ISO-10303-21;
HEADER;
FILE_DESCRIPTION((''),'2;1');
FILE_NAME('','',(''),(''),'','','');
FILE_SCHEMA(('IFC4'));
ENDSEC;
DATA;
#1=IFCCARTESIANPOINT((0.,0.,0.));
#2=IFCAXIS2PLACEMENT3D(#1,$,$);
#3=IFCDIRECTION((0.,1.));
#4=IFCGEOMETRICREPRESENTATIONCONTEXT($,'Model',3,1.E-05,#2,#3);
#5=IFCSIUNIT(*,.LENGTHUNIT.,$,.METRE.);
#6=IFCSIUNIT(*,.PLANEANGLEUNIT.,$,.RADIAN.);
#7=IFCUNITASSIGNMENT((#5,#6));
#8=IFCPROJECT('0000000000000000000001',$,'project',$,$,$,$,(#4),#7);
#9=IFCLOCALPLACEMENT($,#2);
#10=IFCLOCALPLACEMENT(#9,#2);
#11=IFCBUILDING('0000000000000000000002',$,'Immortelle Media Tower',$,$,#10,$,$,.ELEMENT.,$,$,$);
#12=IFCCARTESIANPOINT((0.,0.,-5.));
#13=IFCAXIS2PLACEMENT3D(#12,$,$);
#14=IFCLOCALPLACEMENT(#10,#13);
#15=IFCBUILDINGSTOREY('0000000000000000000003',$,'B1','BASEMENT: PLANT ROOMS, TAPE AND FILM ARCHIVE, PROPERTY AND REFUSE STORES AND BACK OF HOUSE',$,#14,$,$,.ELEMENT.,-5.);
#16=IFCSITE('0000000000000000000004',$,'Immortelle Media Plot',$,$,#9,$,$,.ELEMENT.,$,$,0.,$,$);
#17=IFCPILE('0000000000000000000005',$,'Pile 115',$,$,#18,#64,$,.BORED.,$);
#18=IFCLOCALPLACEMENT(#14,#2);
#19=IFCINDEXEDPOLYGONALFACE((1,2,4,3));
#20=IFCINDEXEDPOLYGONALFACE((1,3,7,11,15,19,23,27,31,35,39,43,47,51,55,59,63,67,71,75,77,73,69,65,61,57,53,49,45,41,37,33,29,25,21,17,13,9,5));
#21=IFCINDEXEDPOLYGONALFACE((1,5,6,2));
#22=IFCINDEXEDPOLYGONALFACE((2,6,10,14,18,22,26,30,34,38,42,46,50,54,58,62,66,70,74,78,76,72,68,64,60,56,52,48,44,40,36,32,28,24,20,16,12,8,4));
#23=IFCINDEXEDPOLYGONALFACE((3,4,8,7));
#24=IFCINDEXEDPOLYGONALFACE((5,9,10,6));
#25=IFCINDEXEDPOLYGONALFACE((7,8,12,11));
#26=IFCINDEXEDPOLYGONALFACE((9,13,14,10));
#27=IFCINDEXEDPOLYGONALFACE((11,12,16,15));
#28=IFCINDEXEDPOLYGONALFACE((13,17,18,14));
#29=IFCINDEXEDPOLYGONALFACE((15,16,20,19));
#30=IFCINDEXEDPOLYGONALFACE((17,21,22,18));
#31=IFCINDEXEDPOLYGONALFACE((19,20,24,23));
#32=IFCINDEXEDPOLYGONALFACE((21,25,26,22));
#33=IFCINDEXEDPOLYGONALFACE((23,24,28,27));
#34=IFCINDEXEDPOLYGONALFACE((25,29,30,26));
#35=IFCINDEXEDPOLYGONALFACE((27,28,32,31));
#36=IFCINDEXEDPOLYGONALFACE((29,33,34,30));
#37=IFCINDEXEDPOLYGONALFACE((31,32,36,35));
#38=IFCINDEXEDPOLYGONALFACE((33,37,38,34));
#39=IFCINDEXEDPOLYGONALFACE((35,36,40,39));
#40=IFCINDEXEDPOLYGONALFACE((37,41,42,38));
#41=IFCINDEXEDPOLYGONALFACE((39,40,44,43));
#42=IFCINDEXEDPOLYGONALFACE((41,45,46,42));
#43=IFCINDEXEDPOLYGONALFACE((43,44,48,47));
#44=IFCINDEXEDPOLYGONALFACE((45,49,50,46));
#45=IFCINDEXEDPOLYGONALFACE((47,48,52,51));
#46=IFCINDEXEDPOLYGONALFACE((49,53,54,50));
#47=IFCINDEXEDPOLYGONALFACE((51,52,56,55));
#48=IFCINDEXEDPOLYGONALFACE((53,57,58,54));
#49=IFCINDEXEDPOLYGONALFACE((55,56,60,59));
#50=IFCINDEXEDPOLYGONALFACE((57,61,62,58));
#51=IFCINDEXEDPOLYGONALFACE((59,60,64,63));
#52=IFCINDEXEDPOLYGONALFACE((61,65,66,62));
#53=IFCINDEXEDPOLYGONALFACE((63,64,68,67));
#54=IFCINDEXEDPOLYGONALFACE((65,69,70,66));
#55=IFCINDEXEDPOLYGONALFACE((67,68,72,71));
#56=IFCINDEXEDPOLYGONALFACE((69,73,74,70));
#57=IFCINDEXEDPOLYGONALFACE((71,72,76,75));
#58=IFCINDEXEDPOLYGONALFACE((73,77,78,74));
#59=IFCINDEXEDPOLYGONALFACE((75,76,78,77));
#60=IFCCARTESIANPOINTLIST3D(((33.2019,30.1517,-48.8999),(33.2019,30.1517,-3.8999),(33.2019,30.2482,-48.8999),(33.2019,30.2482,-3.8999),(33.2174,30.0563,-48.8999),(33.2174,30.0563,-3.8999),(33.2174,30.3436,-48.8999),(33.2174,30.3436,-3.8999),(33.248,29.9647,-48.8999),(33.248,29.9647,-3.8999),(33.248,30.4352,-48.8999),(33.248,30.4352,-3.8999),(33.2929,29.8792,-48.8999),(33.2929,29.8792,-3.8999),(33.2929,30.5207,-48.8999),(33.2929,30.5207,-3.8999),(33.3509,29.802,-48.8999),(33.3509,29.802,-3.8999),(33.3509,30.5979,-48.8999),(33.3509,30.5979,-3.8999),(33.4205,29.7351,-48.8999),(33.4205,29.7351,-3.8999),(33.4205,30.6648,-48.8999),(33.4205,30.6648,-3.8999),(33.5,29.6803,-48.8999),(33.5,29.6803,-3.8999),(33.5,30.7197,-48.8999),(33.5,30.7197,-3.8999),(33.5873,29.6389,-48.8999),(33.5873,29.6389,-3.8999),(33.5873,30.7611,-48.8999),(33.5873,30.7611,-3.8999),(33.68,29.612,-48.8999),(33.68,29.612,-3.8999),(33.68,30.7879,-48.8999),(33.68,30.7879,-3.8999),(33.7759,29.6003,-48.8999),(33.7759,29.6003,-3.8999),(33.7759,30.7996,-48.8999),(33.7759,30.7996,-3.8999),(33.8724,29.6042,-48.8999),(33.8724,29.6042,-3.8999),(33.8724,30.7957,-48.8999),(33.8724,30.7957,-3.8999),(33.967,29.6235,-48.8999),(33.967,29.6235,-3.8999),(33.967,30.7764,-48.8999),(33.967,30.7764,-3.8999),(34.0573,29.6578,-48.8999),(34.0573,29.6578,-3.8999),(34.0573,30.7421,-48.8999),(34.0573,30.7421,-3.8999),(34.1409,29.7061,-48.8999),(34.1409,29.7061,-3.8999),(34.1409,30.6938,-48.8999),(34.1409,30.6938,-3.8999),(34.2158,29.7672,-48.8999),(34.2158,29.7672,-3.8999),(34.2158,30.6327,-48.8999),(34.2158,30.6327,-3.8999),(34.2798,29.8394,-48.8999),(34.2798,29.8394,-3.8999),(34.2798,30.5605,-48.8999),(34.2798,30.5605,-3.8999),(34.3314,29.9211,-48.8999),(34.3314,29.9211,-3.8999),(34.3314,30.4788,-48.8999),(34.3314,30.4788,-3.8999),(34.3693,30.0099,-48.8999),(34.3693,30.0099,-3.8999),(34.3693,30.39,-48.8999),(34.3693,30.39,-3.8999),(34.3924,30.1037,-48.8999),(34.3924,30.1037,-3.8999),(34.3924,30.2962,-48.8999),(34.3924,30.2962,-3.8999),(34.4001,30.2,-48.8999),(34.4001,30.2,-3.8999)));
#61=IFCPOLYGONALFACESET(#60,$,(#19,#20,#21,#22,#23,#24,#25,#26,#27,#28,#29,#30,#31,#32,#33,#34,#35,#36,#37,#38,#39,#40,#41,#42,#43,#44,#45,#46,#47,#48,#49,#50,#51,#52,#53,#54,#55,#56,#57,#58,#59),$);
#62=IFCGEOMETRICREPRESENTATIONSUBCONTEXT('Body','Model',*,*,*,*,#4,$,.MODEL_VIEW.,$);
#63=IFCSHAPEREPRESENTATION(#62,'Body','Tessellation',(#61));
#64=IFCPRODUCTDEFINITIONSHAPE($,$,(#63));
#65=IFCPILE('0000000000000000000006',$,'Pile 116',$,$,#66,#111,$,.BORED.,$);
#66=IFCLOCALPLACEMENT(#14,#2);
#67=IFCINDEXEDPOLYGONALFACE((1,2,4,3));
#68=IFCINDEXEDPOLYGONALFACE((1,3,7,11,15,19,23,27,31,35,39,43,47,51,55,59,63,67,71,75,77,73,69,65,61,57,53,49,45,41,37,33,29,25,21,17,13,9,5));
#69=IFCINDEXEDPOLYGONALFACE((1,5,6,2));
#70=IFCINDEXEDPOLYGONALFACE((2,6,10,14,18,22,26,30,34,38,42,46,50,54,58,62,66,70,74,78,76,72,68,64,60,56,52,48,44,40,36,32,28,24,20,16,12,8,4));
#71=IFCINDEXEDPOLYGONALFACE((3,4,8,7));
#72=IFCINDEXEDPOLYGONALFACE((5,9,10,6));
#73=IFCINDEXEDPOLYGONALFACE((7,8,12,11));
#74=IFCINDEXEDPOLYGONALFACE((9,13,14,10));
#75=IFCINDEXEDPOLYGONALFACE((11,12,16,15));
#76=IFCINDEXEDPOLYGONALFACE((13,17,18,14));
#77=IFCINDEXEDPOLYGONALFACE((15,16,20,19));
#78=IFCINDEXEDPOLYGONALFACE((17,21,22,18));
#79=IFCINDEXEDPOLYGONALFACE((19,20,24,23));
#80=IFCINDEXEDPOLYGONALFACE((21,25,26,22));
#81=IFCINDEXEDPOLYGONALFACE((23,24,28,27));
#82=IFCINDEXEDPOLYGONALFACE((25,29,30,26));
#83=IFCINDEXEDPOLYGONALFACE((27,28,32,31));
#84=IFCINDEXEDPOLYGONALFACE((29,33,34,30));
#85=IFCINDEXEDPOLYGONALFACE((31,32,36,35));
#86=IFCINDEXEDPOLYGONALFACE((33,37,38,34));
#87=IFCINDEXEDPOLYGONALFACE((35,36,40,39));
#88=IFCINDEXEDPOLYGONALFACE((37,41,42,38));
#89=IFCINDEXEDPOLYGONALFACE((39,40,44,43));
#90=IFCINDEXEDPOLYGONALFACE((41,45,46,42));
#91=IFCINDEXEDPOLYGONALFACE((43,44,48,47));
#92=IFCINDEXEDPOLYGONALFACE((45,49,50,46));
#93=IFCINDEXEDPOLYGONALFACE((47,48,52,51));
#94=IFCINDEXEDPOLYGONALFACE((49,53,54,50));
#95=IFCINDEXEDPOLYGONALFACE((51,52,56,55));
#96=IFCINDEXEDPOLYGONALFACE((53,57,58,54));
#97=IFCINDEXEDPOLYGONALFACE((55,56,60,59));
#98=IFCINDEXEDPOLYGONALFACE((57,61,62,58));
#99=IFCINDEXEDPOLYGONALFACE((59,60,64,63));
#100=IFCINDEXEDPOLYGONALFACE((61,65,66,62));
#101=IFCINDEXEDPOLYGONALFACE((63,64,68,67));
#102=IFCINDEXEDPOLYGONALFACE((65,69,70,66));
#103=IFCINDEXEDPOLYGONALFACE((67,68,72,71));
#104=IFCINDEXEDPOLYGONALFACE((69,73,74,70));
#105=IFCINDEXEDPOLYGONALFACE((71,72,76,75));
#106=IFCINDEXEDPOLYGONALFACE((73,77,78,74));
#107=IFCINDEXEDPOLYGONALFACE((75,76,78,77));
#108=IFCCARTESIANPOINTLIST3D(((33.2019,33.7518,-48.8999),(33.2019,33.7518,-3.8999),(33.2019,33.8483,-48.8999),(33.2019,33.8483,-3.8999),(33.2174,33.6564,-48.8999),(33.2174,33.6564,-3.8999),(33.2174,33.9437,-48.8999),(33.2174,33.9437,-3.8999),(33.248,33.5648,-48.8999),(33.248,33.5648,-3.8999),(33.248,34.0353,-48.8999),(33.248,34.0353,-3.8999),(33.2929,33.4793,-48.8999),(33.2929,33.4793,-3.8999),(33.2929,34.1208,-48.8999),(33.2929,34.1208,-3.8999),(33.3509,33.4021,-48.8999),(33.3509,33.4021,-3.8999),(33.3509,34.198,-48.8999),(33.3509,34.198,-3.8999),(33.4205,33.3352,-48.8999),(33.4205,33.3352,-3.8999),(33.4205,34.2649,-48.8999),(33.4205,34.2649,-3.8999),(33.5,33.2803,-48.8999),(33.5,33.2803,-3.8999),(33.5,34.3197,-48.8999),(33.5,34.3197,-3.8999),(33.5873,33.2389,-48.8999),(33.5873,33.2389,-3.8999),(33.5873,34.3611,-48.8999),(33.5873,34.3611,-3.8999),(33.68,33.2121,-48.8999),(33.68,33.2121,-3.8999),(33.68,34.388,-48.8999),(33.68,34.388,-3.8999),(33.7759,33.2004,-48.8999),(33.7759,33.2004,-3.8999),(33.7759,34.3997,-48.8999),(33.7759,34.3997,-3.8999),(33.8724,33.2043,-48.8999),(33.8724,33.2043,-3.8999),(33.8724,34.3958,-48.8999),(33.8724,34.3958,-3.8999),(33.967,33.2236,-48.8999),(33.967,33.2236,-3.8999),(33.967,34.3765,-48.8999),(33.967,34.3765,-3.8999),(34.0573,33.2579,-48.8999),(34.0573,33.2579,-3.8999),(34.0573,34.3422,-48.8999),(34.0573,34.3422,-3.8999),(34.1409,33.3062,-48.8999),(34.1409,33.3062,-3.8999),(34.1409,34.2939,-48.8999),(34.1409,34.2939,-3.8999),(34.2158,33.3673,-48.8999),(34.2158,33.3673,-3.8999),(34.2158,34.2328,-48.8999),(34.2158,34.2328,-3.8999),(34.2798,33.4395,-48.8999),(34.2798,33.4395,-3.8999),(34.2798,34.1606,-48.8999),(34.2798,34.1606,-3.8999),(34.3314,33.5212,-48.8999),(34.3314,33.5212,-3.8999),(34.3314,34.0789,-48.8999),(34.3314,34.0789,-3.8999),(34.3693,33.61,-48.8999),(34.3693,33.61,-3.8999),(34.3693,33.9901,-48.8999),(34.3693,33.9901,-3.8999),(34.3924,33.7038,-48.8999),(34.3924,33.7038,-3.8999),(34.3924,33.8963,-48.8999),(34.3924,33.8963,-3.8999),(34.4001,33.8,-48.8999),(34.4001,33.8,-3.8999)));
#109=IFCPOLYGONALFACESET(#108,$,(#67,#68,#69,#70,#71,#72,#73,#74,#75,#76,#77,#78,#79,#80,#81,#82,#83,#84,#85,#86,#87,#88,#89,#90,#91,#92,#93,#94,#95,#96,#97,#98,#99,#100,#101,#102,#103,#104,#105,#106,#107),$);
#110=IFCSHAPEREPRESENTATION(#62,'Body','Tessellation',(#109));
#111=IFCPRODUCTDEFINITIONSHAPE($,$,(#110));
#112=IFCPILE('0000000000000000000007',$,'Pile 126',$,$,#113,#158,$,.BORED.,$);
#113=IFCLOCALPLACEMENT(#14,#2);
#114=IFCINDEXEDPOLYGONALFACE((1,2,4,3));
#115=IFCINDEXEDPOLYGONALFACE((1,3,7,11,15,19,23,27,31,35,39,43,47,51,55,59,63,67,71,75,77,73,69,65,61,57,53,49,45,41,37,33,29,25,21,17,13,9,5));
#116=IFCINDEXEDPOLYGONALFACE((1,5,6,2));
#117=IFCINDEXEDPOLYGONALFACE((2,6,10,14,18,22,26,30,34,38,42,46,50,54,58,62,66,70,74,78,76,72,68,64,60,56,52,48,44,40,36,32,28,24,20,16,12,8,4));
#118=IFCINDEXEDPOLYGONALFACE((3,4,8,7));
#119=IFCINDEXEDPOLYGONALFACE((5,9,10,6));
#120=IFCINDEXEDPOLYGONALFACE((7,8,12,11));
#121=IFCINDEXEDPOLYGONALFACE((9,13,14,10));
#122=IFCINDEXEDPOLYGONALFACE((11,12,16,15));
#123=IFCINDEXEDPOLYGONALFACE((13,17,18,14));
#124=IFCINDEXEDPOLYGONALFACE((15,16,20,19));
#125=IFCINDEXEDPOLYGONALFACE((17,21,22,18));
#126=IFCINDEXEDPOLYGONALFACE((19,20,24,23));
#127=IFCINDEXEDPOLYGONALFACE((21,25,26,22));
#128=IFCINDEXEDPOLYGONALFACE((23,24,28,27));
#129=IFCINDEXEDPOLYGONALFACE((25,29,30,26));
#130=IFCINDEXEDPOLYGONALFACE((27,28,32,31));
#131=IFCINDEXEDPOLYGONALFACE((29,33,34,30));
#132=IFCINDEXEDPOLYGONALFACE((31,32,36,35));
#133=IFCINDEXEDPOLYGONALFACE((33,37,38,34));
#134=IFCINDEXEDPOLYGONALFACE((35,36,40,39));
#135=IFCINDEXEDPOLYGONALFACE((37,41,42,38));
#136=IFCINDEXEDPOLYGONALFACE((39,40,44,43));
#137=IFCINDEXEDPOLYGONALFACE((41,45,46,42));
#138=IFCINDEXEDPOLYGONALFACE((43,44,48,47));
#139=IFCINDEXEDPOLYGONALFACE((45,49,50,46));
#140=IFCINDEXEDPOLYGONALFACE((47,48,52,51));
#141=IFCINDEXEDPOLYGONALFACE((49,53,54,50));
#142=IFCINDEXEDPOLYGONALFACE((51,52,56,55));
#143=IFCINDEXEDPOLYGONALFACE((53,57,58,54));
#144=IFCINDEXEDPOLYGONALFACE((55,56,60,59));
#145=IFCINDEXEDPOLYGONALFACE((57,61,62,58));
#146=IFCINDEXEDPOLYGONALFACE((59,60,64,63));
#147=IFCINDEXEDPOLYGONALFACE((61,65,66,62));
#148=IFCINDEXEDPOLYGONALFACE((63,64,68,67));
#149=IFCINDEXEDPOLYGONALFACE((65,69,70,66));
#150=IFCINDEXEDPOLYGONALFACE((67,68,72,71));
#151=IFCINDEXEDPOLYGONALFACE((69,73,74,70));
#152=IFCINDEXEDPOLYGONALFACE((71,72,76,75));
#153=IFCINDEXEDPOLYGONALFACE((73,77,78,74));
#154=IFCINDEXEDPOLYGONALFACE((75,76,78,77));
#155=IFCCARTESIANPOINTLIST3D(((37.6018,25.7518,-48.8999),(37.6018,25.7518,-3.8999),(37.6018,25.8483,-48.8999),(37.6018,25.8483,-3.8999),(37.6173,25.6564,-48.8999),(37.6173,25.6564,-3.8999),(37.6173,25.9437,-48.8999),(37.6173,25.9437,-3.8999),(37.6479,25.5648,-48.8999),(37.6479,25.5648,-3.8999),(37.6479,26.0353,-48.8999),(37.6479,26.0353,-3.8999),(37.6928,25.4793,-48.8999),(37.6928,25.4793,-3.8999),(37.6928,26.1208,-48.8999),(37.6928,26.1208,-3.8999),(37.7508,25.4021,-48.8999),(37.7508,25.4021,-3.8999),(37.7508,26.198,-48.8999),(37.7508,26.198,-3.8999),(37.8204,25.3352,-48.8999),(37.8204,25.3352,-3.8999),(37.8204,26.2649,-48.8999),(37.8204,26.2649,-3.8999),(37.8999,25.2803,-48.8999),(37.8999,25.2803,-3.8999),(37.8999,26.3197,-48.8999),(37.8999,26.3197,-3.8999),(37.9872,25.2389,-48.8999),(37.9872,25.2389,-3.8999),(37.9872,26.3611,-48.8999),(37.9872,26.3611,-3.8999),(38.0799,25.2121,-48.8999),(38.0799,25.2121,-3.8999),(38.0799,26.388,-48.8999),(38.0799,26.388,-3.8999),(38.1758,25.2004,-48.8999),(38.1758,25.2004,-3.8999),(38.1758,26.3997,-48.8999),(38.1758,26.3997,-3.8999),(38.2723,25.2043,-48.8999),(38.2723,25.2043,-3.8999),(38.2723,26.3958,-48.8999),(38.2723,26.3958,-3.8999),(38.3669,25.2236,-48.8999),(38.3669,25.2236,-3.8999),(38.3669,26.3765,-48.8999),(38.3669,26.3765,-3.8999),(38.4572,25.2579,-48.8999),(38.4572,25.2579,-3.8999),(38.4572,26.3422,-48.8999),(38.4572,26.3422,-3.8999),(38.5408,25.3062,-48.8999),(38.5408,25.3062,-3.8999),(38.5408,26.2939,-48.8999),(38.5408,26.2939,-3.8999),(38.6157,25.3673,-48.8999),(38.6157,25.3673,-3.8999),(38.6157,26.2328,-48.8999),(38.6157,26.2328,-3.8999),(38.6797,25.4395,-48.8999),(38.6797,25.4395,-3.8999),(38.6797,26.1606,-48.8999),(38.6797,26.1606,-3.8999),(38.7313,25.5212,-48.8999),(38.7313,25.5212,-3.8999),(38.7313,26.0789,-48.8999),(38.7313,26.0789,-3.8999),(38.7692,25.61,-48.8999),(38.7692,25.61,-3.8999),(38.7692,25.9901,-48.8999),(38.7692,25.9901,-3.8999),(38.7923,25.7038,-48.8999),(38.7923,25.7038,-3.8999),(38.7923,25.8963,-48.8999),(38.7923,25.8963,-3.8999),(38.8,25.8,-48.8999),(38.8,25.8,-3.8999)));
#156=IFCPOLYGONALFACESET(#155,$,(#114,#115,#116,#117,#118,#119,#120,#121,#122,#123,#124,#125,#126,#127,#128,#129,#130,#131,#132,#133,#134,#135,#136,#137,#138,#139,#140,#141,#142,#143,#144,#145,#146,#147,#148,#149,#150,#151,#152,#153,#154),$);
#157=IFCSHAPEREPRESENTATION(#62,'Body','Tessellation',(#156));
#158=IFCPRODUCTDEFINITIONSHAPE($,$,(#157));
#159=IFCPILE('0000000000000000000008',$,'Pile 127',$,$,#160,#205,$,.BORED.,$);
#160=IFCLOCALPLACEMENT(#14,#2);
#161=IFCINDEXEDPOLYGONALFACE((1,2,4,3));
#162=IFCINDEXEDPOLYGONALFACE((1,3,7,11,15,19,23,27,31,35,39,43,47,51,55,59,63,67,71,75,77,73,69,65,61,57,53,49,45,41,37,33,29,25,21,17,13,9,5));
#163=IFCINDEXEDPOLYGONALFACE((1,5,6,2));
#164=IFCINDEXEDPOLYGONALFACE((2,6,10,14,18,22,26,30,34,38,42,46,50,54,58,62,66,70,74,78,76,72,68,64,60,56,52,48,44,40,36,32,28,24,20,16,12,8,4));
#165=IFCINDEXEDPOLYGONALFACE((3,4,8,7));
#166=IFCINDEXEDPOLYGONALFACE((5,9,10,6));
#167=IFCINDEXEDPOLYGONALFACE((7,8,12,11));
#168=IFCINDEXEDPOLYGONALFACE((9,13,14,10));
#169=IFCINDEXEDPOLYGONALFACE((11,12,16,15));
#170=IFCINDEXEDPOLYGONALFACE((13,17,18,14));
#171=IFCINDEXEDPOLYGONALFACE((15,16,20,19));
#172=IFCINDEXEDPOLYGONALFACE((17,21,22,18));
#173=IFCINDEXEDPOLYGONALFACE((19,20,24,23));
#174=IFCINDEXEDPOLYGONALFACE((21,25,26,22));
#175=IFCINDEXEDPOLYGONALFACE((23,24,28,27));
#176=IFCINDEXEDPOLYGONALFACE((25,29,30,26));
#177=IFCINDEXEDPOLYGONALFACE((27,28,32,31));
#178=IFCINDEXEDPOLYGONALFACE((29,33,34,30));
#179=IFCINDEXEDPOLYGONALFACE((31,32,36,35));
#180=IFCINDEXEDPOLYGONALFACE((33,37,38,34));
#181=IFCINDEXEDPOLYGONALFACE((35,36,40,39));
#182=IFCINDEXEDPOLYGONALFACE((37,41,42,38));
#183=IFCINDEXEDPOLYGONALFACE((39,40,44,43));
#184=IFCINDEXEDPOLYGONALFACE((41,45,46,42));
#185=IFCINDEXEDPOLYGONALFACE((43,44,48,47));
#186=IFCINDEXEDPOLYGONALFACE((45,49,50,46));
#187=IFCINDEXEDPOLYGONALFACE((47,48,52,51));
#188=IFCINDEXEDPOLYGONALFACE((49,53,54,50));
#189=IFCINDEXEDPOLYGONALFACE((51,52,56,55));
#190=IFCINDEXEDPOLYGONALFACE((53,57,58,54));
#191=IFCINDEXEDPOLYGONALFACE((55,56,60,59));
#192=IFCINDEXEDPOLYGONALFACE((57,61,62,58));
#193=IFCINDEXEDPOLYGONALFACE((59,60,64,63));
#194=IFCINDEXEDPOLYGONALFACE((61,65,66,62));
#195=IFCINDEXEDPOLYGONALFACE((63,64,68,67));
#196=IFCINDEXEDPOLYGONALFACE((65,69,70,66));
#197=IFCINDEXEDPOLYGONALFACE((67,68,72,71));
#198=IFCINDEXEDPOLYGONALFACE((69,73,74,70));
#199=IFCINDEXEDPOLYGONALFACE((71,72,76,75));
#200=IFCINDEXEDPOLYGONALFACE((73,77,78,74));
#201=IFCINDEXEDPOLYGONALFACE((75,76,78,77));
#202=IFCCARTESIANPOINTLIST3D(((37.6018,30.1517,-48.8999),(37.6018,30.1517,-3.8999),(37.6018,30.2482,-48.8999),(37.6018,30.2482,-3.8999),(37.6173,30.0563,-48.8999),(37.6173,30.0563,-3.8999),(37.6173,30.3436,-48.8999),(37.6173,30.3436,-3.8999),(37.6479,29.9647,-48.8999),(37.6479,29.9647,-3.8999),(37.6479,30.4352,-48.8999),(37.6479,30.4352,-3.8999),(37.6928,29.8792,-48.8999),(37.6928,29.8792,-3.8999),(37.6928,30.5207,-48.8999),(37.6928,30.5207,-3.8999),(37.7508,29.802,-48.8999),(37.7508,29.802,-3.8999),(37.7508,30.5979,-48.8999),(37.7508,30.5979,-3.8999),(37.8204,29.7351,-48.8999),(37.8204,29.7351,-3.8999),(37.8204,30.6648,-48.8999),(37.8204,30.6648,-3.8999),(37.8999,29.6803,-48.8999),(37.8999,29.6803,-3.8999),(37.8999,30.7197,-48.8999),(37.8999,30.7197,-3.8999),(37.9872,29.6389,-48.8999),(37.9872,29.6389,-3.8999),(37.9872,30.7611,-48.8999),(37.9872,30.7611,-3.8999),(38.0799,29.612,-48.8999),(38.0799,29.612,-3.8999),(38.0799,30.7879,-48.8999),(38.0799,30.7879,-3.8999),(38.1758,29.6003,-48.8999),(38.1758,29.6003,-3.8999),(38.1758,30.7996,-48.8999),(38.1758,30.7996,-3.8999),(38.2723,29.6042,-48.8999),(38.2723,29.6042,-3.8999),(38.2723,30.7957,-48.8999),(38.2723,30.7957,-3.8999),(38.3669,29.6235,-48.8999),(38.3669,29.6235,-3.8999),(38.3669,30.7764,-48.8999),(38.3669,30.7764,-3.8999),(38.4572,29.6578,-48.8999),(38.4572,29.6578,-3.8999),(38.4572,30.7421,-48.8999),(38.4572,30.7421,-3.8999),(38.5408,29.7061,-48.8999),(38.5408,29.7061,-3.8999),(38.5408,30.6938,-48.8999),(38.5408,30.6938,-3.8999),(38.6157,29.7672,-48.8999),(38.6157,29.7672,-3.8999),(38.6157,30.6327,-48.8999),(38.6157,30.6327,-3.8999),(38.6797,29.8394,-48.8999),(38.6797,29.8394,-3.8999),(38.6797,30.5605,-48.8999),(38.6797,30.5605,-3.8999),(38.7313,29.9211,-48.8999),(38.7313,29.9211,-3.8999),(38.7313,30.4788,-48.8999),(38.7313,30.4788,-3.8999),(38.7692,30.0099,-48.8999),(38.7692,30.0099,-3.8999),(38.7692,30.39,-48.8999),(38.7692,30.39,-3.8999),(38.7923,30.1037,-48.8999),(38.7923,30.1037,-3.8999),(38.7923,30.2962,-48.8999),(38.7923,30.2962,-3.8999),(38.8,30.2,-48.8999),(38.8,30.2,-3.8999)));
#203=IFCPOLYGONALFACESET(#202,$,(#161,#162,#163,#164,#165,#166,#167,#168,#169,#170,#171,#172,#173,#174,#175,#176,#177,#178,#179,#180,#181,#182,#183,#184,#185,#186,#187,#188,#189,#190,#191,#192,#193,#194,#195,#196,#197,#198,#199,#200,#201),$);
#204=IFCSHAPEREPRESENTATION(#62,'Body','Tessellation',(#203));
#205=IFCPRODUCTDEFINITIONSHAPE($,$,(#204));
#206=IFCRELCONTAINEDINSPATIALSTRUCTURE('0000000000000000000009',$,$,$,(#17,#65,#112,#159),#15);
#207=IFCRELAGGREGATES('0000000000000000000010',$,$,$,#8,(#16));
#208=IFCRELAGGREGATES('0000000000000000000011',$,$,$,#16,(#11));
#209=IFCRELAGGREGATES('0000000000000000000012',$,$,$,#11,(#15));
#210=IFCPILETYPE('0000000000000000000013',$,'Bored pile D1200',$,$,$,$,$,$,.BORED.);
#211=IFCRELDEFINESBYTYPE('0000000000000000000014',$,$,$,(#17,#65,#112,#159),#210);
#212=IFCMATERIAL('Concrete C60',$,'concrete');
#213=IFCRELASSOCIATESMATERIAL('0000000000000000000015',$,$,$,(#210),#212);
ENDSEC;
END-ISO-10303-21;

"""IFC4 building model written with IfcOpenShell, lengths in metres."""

from ifc_helpers import new_model, si_unit, direction, frame, origin, origin_2d, place, context, subcontext, project, spatial, circle, extrude, material, material_profile, profile_set, type_object, element, save


model = new_model("IFC4")

# Units and contexts
model_context = context("Model", 3, precision=1e-05, world=origin(), true_north=direction((0.0, 1.0)))
body_context = subcontext(model_context, "Body", "Model", "MODEL_VIEW")
ifc_project = project(units=[si_unit("LENGTHUNIT", "METRE"), si_unit("PLANEANGLEUNIT", "RADIAN")], contexts=[model_context])

# Site, building, storey
site_placement = place(None, origin())
site = spatial("IfcSite", under=ifc_project, at=site_placement, Name="Immortelle Media Plot", CompositionType="ELEMENT", RefElevation=0.0)
building_placement = place(site_placement, origin())
building = spatial("IfcBuilding", under=site, at=building_placement, Name="Immortelle Media Tower", CompositionType="ELEMENT")
storey_placement = place(building_placement, frame((0.0, 0.0, -5.0)))
storey = spatial("IfcBuildingStorey", under=building, at=storey_placement, Name="B1", Description="BASEMENT: PLANT ROOMS, TAPE AND FILM ARCHIVE, PROPERTY AND REFUSE STORES AND BACK OF HOUSE", CompositionType="ELEMENT", Elevation=-5.0)

# Piles
ifc_material_1 = material(Name="Concrete C60", Category="concrete")
ifc_material_profile_1 = material_profile(ifc_material_1, circle(Radius=0.6001, at=origin_2d()), Name="Bored pile D1200")
ifc_profile_set_1 = profile_set([ifc_material_profile_1], Name="Concrete C60")
pile_type = type_object("IfcPileType", Name="Bored pile D1200", PredefinedType="BORED", material=ifc_profile_set_1)
for number, where, z_axis, x_axis, name in (
    (1, (33.8, 30.2, -3.8999), (0.0, 0.0, -1.0), (1.0, 0.0, 0.0), "Pile 115"),
    (2, (33.8, 33.8, -3.8999), (0.0, 0.0, -1.0), (1.0, 0.0, 0.0), "Pile 116"),
    (3, (38.2, 25.8, -3.8999), (0.0, 0.0, -1.0), (1.0, 0.0, 0.0), "Pile 126"),
    (4, (38.2, 30.2, -3.8999), (0.0, 0.0, -1.0), (1.0, 0.0, 0.0), "Pile 127"),
):
    element("IfcPile", number, at=place(storey_placement, frame(where, z_axis=z_axis, x_axis=x_axis)), inside=storey, type_object=pile_type, Name=name, PredefinedType="BORED", context=body_context, shape_type="SweptSolid", body=[
        extrude(circle(Radius=0.6001, at=origin_2d()), origin(), (0.0, 0.0, 1.0), 45.0),
    ])

save(model, "model.ifc")
